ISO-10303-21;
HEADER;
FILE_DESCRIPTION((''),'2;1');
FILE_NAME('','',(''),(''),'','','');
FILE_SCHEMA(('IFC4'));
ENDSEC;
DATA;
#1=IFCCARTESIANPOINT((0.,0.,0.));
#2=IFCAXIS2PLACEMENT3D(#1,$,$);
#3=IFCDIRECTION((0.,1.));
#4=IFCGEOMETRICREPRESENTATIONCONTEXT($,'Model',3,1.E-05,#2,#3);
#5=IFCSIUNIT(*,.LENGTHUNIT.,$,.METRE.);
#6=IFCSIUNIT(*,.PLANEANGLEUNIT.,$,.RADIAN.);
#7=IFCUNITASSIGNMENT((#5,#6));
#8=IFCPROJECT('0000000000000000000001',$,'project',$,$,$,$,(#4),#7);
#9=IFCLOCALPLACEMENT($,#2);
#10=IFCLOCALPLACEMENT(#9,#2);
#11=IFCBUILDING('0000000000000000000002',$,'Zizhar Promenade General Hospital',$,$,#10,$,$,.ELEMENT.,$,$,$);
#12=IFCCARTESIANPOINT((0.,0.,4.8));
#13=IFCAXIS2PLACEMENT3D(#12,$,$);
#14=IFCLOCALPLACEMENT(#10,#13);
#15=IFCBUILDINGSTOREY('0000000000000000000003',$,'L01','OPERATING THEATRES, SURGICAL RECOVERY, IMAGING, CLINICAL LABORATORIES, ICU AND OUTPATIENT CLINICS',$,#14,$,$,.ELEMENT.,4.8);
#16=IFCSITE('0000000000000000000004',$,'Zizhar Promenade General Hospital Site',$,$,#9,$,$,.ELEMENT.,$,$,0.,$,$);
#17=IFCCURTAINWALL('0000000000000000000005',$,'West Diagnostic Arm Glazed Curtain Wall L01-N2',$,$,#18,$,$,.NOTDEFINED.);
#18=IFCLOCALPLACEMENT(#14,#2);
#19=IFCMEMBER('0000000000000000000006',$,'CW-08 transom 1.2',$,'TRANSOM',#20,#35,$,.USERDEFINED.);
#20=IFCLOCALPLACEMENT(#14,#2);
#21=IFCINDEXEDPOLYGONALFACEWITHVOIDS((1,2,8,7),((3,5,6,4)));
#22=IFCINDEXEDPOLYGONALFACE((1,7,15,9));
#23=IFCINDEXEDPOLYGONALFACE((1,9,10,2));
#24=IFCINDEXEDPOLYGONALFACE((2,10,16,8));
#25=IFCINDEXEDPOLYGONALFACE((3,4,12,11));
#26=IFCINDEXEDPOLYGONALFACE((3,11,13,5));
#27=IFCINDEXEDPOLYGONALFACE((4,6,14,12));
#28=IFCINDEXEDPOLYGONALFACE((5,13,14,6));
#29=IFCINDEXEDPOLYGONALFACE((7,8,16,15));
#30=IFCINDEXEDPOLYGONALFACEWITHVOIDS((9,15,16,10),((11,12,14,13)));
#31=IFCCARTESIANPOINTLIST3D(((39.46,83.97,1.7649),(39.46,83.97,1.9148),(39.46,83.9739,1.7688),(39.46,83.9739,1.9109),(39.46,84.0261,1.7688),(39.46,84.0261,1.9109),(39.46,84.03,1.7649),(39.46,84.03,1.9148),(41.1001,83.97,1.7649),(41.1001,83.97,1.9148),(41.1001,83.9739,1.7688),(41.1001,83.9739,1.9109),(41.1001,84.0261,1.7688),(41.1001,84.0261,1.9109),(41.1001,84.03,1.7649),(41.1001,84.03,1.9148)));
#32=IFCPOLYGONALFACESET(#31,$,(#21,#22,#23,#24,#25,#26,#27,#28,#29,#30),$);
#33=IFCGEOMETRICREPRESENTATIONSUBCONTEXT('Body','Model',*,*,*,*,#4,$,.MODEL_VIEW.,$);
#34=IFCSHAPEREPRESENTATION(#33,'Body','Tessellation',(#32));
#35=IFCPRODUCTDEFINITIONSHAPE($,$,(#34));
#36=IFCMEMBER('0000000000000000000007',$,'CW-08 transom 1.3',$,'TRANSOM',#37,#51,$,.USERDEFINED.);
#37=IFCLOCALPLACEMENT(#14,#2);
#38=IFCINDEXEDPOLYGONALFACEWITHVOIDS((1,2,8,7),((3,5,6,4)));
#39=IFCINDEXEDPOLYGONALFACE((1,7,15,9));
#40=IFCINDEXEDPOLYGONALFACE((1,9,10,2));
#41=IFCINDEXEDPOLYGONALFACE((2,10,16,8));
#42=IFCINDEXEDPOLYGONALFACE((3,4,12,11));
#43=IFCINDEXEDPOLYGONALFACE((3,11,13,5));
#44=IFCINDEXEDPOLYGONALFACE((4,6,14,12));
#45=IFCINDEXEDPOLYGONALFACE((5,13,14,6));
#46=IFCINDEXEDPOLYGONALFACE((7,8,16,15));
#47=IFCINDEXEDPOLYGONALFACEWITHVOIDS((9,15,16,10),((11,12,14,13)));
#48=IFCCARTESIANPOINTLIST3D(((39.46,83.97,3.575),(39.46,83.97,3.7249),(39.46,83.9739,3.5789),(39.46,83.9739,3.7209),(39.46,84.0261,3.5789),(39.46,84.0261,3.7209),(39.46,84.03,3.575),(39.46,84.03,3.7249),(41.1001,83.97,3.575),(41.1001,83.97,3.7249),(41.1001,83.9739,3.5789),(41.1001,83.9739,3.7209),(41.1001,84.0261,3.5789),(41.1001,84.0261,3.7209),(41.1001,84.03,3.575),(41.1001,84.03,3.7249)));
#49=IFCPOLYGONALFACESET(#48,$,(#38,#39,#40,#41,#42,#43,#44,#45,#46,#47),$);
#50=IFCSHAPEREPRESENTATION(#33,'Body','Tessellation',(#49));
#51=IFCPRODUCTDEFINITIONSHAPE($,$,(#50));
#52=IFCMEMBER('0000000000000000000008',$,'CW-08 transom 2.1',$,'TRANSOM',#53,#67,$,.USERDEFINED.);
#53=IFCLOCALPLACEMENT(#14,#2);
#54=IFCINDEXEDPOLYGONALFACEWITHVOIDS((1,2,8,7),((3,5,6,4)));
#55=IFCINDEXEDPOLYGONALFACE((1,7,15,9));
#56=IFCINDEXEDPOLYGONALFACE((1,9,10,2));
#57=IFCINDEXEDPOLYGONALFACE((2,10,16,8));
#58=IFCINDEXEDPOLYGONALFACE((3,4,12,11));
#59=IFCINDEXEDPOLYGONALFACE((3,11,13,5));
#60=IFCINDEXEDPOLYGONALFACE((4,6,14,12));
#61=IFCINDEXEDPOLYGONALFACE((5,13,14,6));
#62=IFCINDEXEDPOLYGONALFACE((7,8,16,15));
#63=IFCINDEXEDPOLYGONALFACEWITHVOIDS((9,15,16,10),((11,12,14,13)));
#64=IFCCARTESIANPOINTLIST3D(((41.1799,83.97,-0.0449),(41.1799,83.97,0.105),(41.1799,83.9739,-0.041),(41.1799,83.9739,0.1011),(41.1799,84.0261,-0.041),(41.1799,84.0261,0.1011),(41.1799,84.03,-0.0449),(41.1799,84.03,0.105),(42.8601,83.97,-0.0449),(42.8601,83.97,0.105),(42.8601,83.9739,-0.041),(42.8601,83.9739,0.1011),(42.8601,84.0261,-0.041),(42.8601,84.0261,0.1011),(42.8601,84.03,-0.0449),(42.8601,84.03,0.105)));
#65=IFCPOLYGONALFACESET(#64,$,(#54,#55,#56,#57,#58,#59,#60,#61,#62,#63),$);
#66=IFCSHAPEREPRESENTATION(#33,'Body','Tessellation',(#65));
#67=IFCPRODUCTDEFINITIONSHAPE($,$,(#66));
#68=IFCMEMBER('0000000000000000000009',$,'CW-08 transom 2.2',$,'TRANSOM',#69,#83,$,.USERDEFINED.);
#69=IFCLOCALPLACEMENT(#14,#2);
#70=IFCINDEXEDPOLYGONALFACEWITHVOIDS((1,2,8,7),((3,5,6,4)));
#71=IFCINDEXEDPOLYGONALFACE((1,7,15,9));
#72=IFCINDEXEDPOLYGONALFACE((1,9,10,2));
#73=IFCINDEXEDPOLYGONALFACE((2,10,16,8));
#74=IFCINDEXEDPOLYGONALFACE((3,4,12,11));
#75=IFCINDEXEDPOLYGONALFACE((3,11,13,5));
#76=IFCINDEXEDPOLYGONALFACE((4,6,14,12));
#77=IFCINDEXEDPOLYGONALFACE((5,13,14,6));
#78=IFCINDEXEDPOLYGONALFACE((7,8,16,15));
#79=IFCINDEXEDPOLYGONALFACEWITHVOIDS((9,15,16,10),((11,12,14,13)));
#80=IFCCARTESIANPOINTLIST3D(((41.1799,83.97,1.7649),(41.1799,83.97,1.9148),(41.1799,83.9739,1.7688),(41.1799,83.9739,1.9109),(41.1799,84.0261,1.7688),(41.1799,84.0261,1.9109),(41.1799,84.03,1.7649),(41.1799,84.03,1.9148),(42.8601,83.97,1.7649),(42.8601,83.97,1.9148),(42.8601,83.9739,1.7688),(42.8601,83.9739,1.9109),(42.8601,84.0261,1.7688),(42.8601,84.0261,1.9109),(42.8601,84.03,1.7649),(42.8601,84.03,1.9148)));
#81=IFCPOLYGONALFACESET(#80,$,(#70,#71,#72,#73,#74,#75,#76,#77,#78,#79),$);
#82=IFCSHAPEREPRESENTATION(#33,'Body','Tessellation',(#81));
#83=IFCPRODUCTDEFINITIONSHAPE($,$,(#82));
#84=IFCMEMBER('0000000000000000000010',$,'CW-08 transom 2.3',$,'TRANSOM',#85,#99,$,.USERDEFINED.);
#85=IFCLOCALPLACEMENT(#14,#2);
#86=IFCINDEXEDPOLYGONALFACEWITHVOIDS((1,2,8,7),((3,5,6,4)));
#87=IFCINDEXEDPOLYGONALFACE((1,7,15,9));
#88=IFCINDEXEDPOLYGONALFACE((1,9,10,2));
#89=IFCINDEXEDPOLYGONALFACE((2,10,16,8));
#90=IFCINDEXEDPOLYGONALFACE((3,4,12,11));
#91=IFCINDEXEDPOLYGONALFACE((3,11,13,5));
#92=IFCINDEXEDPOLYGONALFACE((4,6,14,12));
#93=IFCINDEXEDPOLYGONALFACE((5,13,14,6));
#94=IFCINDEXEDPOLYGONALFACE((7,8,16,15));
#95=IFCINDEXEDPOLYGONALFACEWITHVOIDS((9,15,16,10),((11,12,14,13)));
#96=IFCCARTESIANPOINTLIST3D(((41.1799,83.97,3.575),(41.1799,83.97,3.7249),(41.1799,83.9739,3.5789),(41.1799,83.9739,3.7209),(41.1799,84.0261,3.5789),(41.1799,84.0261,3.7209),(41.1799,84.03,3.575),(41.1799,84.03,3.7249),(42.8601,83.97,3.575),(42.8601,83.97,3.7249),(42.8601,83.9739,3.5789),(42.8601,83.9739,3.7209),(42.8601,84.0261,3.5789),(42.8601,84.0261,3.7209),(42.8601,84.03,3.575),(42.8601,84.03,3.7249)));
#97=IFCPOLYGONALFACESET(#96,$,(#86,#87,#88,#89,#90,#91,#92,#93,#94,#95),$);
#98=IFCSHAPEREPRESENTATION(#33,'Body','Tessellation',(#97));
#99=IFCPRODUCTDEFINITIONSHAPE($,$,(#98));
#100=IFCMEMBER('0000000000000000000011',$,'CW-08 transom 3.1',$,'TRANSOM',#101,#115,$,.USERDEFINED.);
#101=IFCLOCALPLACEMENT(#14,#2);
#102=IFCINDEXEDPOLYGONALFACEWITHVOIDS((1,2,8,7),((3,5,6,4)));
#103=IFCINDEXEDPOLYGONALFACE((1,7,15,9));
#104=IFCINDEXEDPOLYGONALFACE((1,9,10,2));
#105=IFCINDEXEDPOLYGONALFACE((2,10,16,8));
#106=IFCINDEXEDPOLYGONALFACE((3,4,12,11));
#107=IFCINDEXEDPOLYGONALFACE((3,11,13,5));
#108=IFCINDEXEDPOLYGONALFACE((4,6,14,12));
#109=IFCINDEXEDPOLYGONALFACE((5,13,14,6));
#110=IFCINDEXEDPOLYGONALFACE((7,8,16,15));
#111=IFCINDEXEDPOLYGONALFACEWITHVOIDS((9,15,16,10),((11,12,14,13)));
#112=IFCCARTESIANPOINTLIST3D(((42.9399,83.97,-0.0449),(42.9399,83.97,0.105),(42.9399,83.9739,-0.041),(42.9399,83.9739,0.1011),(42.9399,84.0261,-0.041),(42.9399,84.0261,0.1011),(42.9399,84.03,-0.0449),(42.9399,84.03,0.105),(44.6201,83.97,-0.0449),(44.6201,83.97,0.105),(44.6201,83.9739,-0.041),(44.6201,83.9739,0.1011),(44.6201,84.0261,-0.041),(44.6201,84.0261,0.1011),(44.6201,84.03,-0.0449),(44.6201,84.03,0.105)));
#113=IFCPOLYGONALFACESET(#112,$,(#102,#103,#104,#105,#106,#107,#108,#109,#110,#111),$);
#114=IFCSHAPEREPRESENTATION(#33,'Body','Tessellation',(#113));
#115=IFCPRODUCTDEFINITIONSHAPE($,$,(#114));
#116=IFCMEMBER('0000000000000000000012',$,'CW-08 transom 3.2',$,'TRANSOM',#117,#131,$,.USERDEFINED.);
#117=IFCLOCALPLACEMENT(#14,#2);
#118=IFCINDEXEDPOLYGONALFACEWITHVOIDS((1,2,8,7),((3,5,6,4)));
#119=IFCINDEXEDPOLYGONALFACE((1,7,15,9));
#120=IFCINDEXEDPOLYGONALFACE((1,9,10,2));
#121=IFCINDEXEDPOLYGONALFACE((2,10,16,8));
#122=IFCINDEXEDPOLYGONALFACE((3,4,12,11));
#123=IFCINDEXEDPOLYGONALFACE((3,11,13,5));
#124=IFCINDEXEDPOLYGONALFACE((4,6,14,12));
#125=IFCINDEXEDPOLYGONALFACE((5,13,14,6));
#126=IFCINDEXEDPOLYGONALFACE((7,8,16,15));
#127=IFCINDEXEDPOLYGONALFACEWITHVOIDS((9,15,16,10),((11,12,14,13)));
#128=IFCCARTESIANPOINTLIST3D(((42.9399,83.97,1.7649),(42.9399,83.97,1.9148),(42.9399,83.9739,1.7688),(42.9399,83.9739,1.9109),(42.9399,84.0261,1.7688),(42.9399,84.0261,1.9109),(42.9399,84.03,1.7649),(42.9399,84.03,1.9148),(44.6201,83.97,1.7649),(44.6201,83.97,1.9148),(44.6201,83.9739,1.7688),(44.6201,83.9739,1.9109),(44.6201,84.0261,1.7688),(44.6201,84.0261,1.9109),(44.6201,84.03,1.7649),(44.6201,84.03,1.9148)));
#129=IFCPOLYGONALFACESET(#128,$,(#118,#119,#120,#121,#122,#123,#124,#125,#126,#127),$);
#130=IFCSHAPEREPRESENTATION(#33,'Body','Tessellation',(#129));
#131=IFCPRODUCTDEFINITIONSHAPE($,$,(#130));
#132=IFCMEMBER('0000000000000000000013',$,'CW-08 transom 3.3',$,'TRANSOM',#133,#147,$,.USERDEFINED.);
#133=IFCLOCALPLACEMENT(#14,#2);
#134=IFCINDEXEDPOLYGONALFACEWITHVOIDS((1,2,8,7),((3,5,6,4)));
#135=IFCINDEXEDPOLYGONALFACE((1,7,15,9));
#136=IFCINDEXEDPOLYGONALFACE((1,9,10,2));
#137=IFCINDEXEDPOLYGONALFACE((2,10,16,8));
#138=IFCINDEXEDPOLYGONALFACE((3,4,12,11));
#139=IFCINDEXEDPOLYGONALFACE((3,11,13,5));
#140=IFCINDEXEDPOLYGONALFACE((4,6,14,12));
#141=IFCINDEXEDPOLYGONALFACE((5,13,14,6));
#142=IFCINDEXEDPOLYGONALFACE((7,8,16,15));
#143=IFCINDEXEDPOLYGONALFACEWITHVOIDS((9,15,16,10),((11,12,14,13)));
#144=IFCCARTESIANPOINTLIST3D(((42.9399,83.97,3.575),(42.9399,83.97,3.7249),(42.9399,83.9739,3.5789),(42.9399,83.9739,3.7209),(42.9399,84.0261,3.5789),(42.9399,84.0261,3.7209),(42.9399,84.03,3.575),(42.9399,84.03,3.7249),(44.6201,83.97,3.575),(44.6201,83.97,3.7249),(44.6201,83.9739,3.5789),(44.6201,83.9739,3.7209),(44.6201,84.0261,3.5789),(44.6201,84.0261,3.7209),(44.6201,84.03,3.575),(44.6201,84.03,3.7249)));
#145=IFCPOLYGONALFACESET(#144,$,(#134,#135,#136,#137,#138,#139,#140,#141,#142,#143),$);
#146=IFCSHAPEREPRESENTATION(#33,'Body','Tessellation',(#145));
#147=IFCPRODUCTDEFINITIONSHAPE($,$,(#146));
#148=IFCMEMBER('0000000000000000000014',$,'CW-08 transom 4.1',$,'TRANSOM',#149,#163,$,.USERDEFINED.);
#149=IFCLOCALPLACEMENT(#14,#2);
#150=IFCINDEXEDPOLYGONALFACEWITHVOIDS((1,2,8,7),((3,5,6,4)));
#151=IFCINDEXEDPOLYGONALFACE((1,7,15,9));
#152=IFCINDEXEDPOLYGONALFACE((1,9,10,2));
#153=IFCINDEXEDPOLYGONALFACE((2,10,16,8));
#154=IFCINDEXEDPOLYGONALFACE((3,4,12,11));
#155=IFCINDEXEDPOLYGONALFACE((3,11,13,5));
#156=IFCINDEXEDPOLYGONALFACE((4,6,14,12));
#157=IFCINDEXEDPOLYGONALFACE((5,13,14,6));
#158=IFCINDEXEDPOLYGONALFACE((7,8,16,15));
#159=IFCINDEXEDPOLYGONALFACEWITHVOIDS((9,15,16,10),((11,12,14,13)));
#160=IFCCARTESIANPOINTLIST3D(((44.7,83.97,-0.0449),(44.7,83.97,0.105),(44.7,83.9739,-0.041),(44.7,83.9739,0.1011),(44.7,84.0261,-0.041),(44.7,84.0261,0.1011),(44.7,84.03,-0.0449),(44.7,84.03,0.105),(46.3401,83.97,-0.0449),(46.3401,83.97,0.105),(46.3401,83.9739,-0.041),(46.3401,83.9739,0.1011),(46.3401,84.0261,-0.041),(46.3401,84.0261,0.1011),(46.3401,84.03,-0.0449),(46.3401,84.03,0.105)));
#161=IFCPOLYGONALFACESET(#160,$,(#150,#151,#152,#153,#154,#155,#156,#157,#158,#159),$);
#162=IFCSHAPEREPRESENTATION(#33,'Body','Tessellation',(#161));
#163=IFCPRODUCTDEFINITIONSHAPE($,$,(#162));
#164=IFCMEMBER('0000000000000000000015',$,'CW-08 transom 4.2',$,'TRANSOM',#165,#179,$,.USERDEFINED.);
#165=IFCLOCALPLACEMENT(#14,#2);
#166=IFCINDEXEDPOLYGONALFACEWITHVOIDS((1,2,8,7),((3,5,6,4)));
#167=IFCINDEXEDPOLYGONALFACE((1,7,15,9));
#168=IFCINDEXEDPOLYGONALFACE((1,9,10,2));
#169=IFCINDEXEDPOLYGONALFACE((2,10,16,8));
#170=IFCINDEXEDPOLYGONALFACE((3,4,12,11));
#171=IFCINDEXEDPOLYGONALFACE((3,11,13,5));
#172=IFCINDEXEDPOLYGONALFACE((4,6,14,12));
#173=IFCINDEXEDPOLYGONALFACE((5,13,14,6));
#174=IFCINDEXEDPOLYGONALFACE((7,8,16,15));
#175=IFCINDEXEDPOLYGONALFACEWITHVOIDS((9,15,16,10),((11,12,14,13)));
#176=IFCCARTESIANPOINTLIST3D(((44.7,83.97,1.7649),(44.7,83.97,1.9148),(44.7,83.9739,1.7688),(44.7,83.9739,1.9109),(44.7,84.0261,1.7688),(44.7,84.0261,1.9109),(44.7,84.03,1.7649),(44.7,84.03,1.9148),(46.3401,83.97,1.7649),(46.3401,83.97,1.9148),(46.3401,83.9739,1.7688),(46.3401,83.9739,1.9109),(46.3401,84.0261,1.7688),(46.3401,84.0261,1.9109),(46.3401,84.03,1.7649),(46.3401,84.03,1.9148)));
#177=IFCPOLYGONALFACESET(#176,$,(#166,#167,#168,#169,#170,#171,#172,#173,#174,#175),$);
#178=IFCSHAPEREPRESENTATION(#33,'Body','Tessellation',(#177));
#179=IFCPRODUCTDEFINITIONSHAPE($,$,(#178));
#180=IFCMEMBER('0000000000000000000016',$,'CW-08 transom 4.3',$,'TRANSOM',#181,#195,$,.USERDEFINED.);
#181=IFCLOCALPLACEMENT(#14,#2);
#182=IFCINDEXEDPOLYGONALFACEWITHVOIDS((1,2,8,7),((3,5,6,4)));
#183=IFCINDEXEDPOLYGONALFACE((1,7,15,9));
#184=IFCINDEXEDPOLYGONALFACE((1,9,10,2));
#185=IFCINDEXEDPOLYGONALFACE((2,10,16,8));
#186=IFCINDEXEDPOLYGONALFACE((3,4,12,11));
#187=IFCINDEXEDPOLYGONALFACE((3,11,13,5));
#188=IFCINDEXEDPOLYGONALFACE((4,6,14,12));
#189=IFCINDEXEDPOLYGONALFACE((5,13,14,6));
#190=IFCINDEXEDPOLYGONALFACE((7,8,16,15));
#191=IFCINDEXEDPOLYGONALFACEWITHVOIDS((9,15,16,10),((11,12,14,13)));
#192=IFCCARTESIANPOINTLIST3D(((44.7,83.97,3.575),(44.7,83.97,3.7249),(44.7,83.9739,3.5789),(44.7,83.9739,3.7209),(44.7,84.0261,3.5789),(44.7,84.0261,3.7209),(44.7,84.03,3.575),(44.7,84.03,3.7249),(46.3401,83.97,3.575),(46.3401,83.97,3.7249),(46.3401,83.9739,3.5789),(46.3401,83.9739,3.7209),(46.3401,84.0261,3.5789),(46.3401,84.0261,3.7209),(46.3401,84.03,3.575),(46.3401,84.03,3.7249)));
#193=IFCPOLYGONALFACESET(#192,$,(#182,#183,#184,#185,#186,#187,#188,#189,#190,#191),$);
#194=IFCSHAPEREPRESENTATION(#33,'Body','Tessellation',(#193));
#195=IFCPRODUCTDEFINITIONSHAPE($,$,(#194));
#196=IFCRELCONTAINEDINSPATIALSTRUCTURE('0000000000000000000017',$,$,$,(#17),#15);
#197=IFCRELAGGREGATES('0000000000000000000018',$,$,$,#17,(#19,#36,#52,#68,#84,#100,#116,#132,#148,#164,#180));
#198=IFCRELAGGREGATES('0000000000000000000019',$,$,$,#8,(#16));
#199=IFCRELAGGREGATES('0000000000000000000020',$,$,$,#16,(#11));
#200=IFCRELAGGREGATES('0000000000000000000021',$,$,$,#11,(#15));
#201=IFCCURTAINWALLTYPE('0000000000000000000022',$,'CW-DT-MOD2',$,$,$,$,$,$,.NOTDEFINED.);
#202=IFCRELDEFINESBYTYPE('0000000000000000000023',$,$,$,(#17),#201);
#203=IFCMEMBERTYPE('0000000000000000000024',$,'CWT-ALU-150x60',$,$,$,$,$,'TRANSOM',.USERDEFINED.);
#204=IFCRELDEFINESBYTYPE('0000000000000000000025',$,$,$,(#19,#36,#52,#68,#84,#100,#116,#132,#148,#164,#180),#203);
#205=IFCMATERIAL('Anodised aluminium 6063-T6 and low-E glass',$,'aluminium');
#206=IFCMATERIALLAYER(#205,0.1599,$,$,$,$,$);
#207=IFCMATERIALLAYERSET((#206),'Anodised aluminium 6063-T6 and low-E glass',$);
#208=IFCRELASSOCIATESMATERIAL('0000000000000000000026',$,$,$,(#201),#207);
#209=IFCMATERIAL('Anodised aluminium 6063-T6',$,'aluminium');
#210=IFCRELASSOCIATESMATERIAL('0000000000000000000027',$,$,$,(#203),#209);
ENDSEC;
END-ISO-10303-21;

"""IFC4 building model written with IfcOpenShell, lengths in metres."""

from ifc_helpers import new_model, si_unit, direction, frame, origin, origin_2d, place, context, subcontext, project, spatial, hollow_rectangle, extrude, material, layer, layer_set, material_profile, profile_set, type_object, element, aggregate, save


model = new_model("IFC4")

# Units and contexts
model_context = context("Model", 3, precision=1e-05, world=origin(), true_north=direction((0.0, 1.0)))
body_context = subcontext(model_context, "Body", "Model", "MODEL_VIEW")
ifc_project = project(units=[si_unit("LENGTHUNIT", "METRE"), si_unit("PLANEANGLEUNIT", "RADIAN")], contexts=[model_context])

# Site, building, storey
site_placement = place(None, origin())
site = spatial("IfcSite", under=ifc_project, at=site_placement, Name="Zizhar Promenade General Hospital Site", CompositionType="ELEMENT", RefElevation=0.0)
building_placement = place(site_placement, origin())
building = spatial("IfcBuilding", under=site, at=building_placement, Name="Zizhar Promenade General Hospital", CompositionType="ELEMENT")
storey_placement = place(building_placement, frame((0.0, 0.0, 4.8)))
storey = spatial("IfcBuildingStorey", under=building, at=storey_placement, Name="L01", Description="OPERATING THEATRES, SURGICAL RECOVERY, IMAGING, CLINICAL LABORATORIES, ICU AND OUTPATIENT CLINICS", CompositionType="ELEMENT", Elevation=4.8)

# Shared definitions
ifc_material_1 = material(Name="Anodised aluminium 6063-T6 and low-E glass", Category="aluminium")
ifc_layer_1 = layer(ifc_material_1, 0.1599)
ifc_layer_set_1 = layer_set([ifc_layer_1], Name="Anodised aluminium 6063-T6 and low-E glass")
curtain_wall_type = type_object("IfcCurtainWallType", Name="CW-DT-MOD2", PredefinedType="NOTDEFINED", material=ifc_layer_set_1)

# Curtain wall, members
curtain_wall_1_placement = place(storey_placement, origin())
curtain_wall_1 = element("IfcCurtainWall", 1, at=curtain_wall_1_placement, inside=storey, type_object=curtain_wall_type, Name="West Diagnostic Arm Glazed Curtain Wall L01-N2", PredefinedType="NOTDEFINED")
ifc_material_2 = material(Name="Anodised aluminium 6063-T6", Category="aluminium")
ifc_material_profile_1 = material_profile(ifc_material_2, hollow_rectangle(XDim=0.0601, YDim=0.1499, WallThickness=0.0039, at=origin_2d()))
ifc_profile_set_1 = profile_set([ifc_material_profile_1], Name="Anodised aluminium 6063-T6")
member_type_1 = type_object("IfcMemberType", Name="CWT-ALU-150x60", ElementType="TRANSOM", PredefinedType="USERDEFINED", material=ifc_profile_set_1)
member_1_placement = place(storey_placement, frame((39.46, 84.0, 1.8398), z_axis=(1.0, 0.0, 0.0), x_axis=(0.0, 1.0, 0.0)))
member_1 = element("IfcMember", 2, at=member_1_placement, type_object=member_type_1, Name="CW-08 transom 1.2", ObjectType="TRANSOM", PredefinedType="USERDEFINED", context=body_context, shape_type="SweptSolid", body=[
    extrude(hollow_rectangle(XDim=0.0601, YDim=0.1499, WallThickness=0.0039, at=origin_2d()), origin(), (0.0, 0.0, 1.0), 1.6401),
])
member_2_placement = place(storey_placement, frame((39.46, 84.0, 3.6499), z_axis=(1.0, 0.0, 0.0), x_axis=(0.0, 1.0, 0.0)))
member_2 = element("IfcMember", 3, at=member_2_placement, type_object=member_type_1, Name="CW-08 transom 1.3", ObjectType="TRANSOM", PredefinedType="USERDEFINED", context=body_context, shape_type="SweptSolid", body=[
    extrude(hollow_rectangle(XDim=0.0601, YDim=0.1499, WallThickness=0.0039, at=origin_2d()), origin(), (0.0, 0.0, 1.0), 1.6401),
])
member_3_placement = place(storey_placement, frame((41.1799, 84.0, 0.03), z_axis=(1.0, 0.0, 0.0), x_axis=(0.0, 1.0, 0.0)))
member_3 = element("IfcMember", 4, at=member_3_placement, type_object=member_type_1, Name="CW-08 transom 2.1", ObjectType="TRANSOM", PredefinedType="USERDEFINED", context=body_context, shape_type="SweptSolid", body=[
    extrude(hollow_rectangle(XDim=0.0601, YDim=0.1499, WallThickness=0.0039, at=origin_2d()), origin(), (0.0, 0.0, 1.0), 1.6802),
])
member_4_placement = place(storey_placement, frame((41.1799, 84.0, 1.8398), z_axis=(1.0, 0.0, 0.0), x_axis=(0.0, 1.0, 0.0)))
member_4 = element("IfcMember", 5, at=member_4_placement, type_object=member_type_1, Name="CW-08 transom 2.2", ObjectType="TRANSOM", PredefinedType="USERDEFINED", context=body_context, shape_type="SweptSolid", body=[
    extrude(hollow_rectangle(XDim=0.0601, YDim=0.1499, WallThickness=0.0039, at=origin_2d()), origin(), (0.0, 0.0, 1.0), 1.6802),
])
member_5_placement = place(storey_placement, frame((41.1799, 84.0, 3.6499), z_axis=(1.0, 0.0, 0.0), x_axis=(0.0, 1.0, 0.0)))
member_5 = element("IfcMember", 6, at=member_5_placement, type_object=member_type_1, Name="CW-08 transom 2.3", ObjectType="TRANSOM", PredefinedType="USERDEFINED", context=body_context, shape_type="SweptSolid", body=[
    extrude(hollow_rectangle(XDim=0.0601, YDim=0.1499, WallThickness=0.0039, at=origin_2d()), origin(), (0.0, 0.0, 1.0), 1.6802),
])
member_6_placement = place(storey_placement, frame((42.9399, 84.0, 0.03), z_axis=(1.0, 0.0, 0.0), x_axis=(0.0, 1.0, 0.0)))
member_6 = element("IfcMember", 7, at=member_6_placement, type_object=member_type_1, Name="CW-08 transom 3.1", ObjectType="TRANSOM", PredefinedType="USERDEFINED", context=body_context, shape_type="SweptSolid", body=[
    extrude(hollow_rectangle(XDim=0.0601, YDim=0.1499, WallThickness=0.0039, at=origin_2d()), origin(), (0.0, 0.0, 1.0), 1.6802),
])
member_7_placement = place(storey_placement, frame((42.9399, 84.0, 1.8398), z_axis=(1.0, 0.0, 0.0), x_axis=(0.0, 1.0, 0.0)))
member_7 = element("IfcMember", 8, at=member_7_placement, type_object=member_type_1, Name="CW-08 transom 3.2", ObjectType="TRANSOM", PredefinedType="USERDEFINED", context=body_context, shape_type="SweptSolid", body=[
    extrude(hollow_rectangle(XDim=0.0601, YDim=0.1499, WallThickness=0.0039, at=origin_2d()), origin(), (0.0, 0.0, 1.0), 1.6802),
])
member_8_placement = place(storey_placement, frame((42.9399, 84.0, 3.6499), z_axis=(1.0, 0.0, 0.0), x_axis=(0.0, 1.0, 0.0)))
member_8 = element("IfcMember", 9, at=member_8_placement, type_object=member_type_1, Name="CW-08 transom 3.3", ObjectType="TRANSOM", PredefinedType="USERDEFINED", context=body_context, shape_type="SweptSolid", body=[
    extrude(hollow_rectangle(XDim=0.0601, YDim=0.1499, WallThickness=0.0039, at=origin_2d()), origin(), (0.0, 0.0, 1.0), 1.6802),
])
member_9_placement = place(storey_placement, frame((44.7, 84.0, 0.03), z_axis=(1.0, 0.0, 0.0), x_axis=(0.0, 1.0, 0.0)))
member_9 = element("IfcMember", 10, at=member_9_placement, type_object=member_type_1, Name="CW-08 transom 4.1", ObjectType="TRANSOM", PredefinedType="USERDEFINED", context=body_context, shape_type="SweptSolid", body=[
    extrude(hollow_rectangle(XDim=0.0601, YDim=0.1499, WallThickness=0.0039, at=origin_2d()), origin(), (0.0, 0.0, 1.0), 1.6401),
])
member_10_placement = place(storey_placement, frame((44.7, 84.0, 1.8398), z_axis=(1.0, 0.0, 0.0), x_axis=(0.0, 1.0, 0.0)))
member_10 = element("IfcMember", 11, at=member_10_placement, type_object=member_type_1, Name="CW-08 transom 4.2", ObjectType="TRANSOM", PredefinedType="USERDEFINED", context=body_context, shape_type="SweptSolid", body=[
    extrude(hollow_rectangle(XDim=0.0601, YDim=0.1499, WallThickness=0.0039, at=origin_2d()), origin(), (0.0, 0.0, 1.0), 1.6401),
])
member_11_placement = place(storey_placement, frame((44.7, 84.0, 3.6499), z_axis=(1.0, 0.0, 0.0), x_axis=(0.0, 1.0, 0.0)))
member_11 = element("IfcMember", 12, at=member_11_placement, type_object=member_type_1, Name="CW-08 transom 4.3", ObjectType="TRANSOM", PredefinedType="USERDEFINED", context=body_context, shape_type="SweptSolid", body=[
    extrude(hollow_rectangle(XDim=0.0601, YDim=0.1499, WallThickness=0.0039, at=origin_2d()), origin(), (0.0, 0.0, 1.0), 1.6401),
])
aggregate(curtain_wall_1, [member_1, member_2, member_3, member_4, member_5, member_6, member_7, member_8, member_9, member_10, member_11])

save(model, "model.ifc")
